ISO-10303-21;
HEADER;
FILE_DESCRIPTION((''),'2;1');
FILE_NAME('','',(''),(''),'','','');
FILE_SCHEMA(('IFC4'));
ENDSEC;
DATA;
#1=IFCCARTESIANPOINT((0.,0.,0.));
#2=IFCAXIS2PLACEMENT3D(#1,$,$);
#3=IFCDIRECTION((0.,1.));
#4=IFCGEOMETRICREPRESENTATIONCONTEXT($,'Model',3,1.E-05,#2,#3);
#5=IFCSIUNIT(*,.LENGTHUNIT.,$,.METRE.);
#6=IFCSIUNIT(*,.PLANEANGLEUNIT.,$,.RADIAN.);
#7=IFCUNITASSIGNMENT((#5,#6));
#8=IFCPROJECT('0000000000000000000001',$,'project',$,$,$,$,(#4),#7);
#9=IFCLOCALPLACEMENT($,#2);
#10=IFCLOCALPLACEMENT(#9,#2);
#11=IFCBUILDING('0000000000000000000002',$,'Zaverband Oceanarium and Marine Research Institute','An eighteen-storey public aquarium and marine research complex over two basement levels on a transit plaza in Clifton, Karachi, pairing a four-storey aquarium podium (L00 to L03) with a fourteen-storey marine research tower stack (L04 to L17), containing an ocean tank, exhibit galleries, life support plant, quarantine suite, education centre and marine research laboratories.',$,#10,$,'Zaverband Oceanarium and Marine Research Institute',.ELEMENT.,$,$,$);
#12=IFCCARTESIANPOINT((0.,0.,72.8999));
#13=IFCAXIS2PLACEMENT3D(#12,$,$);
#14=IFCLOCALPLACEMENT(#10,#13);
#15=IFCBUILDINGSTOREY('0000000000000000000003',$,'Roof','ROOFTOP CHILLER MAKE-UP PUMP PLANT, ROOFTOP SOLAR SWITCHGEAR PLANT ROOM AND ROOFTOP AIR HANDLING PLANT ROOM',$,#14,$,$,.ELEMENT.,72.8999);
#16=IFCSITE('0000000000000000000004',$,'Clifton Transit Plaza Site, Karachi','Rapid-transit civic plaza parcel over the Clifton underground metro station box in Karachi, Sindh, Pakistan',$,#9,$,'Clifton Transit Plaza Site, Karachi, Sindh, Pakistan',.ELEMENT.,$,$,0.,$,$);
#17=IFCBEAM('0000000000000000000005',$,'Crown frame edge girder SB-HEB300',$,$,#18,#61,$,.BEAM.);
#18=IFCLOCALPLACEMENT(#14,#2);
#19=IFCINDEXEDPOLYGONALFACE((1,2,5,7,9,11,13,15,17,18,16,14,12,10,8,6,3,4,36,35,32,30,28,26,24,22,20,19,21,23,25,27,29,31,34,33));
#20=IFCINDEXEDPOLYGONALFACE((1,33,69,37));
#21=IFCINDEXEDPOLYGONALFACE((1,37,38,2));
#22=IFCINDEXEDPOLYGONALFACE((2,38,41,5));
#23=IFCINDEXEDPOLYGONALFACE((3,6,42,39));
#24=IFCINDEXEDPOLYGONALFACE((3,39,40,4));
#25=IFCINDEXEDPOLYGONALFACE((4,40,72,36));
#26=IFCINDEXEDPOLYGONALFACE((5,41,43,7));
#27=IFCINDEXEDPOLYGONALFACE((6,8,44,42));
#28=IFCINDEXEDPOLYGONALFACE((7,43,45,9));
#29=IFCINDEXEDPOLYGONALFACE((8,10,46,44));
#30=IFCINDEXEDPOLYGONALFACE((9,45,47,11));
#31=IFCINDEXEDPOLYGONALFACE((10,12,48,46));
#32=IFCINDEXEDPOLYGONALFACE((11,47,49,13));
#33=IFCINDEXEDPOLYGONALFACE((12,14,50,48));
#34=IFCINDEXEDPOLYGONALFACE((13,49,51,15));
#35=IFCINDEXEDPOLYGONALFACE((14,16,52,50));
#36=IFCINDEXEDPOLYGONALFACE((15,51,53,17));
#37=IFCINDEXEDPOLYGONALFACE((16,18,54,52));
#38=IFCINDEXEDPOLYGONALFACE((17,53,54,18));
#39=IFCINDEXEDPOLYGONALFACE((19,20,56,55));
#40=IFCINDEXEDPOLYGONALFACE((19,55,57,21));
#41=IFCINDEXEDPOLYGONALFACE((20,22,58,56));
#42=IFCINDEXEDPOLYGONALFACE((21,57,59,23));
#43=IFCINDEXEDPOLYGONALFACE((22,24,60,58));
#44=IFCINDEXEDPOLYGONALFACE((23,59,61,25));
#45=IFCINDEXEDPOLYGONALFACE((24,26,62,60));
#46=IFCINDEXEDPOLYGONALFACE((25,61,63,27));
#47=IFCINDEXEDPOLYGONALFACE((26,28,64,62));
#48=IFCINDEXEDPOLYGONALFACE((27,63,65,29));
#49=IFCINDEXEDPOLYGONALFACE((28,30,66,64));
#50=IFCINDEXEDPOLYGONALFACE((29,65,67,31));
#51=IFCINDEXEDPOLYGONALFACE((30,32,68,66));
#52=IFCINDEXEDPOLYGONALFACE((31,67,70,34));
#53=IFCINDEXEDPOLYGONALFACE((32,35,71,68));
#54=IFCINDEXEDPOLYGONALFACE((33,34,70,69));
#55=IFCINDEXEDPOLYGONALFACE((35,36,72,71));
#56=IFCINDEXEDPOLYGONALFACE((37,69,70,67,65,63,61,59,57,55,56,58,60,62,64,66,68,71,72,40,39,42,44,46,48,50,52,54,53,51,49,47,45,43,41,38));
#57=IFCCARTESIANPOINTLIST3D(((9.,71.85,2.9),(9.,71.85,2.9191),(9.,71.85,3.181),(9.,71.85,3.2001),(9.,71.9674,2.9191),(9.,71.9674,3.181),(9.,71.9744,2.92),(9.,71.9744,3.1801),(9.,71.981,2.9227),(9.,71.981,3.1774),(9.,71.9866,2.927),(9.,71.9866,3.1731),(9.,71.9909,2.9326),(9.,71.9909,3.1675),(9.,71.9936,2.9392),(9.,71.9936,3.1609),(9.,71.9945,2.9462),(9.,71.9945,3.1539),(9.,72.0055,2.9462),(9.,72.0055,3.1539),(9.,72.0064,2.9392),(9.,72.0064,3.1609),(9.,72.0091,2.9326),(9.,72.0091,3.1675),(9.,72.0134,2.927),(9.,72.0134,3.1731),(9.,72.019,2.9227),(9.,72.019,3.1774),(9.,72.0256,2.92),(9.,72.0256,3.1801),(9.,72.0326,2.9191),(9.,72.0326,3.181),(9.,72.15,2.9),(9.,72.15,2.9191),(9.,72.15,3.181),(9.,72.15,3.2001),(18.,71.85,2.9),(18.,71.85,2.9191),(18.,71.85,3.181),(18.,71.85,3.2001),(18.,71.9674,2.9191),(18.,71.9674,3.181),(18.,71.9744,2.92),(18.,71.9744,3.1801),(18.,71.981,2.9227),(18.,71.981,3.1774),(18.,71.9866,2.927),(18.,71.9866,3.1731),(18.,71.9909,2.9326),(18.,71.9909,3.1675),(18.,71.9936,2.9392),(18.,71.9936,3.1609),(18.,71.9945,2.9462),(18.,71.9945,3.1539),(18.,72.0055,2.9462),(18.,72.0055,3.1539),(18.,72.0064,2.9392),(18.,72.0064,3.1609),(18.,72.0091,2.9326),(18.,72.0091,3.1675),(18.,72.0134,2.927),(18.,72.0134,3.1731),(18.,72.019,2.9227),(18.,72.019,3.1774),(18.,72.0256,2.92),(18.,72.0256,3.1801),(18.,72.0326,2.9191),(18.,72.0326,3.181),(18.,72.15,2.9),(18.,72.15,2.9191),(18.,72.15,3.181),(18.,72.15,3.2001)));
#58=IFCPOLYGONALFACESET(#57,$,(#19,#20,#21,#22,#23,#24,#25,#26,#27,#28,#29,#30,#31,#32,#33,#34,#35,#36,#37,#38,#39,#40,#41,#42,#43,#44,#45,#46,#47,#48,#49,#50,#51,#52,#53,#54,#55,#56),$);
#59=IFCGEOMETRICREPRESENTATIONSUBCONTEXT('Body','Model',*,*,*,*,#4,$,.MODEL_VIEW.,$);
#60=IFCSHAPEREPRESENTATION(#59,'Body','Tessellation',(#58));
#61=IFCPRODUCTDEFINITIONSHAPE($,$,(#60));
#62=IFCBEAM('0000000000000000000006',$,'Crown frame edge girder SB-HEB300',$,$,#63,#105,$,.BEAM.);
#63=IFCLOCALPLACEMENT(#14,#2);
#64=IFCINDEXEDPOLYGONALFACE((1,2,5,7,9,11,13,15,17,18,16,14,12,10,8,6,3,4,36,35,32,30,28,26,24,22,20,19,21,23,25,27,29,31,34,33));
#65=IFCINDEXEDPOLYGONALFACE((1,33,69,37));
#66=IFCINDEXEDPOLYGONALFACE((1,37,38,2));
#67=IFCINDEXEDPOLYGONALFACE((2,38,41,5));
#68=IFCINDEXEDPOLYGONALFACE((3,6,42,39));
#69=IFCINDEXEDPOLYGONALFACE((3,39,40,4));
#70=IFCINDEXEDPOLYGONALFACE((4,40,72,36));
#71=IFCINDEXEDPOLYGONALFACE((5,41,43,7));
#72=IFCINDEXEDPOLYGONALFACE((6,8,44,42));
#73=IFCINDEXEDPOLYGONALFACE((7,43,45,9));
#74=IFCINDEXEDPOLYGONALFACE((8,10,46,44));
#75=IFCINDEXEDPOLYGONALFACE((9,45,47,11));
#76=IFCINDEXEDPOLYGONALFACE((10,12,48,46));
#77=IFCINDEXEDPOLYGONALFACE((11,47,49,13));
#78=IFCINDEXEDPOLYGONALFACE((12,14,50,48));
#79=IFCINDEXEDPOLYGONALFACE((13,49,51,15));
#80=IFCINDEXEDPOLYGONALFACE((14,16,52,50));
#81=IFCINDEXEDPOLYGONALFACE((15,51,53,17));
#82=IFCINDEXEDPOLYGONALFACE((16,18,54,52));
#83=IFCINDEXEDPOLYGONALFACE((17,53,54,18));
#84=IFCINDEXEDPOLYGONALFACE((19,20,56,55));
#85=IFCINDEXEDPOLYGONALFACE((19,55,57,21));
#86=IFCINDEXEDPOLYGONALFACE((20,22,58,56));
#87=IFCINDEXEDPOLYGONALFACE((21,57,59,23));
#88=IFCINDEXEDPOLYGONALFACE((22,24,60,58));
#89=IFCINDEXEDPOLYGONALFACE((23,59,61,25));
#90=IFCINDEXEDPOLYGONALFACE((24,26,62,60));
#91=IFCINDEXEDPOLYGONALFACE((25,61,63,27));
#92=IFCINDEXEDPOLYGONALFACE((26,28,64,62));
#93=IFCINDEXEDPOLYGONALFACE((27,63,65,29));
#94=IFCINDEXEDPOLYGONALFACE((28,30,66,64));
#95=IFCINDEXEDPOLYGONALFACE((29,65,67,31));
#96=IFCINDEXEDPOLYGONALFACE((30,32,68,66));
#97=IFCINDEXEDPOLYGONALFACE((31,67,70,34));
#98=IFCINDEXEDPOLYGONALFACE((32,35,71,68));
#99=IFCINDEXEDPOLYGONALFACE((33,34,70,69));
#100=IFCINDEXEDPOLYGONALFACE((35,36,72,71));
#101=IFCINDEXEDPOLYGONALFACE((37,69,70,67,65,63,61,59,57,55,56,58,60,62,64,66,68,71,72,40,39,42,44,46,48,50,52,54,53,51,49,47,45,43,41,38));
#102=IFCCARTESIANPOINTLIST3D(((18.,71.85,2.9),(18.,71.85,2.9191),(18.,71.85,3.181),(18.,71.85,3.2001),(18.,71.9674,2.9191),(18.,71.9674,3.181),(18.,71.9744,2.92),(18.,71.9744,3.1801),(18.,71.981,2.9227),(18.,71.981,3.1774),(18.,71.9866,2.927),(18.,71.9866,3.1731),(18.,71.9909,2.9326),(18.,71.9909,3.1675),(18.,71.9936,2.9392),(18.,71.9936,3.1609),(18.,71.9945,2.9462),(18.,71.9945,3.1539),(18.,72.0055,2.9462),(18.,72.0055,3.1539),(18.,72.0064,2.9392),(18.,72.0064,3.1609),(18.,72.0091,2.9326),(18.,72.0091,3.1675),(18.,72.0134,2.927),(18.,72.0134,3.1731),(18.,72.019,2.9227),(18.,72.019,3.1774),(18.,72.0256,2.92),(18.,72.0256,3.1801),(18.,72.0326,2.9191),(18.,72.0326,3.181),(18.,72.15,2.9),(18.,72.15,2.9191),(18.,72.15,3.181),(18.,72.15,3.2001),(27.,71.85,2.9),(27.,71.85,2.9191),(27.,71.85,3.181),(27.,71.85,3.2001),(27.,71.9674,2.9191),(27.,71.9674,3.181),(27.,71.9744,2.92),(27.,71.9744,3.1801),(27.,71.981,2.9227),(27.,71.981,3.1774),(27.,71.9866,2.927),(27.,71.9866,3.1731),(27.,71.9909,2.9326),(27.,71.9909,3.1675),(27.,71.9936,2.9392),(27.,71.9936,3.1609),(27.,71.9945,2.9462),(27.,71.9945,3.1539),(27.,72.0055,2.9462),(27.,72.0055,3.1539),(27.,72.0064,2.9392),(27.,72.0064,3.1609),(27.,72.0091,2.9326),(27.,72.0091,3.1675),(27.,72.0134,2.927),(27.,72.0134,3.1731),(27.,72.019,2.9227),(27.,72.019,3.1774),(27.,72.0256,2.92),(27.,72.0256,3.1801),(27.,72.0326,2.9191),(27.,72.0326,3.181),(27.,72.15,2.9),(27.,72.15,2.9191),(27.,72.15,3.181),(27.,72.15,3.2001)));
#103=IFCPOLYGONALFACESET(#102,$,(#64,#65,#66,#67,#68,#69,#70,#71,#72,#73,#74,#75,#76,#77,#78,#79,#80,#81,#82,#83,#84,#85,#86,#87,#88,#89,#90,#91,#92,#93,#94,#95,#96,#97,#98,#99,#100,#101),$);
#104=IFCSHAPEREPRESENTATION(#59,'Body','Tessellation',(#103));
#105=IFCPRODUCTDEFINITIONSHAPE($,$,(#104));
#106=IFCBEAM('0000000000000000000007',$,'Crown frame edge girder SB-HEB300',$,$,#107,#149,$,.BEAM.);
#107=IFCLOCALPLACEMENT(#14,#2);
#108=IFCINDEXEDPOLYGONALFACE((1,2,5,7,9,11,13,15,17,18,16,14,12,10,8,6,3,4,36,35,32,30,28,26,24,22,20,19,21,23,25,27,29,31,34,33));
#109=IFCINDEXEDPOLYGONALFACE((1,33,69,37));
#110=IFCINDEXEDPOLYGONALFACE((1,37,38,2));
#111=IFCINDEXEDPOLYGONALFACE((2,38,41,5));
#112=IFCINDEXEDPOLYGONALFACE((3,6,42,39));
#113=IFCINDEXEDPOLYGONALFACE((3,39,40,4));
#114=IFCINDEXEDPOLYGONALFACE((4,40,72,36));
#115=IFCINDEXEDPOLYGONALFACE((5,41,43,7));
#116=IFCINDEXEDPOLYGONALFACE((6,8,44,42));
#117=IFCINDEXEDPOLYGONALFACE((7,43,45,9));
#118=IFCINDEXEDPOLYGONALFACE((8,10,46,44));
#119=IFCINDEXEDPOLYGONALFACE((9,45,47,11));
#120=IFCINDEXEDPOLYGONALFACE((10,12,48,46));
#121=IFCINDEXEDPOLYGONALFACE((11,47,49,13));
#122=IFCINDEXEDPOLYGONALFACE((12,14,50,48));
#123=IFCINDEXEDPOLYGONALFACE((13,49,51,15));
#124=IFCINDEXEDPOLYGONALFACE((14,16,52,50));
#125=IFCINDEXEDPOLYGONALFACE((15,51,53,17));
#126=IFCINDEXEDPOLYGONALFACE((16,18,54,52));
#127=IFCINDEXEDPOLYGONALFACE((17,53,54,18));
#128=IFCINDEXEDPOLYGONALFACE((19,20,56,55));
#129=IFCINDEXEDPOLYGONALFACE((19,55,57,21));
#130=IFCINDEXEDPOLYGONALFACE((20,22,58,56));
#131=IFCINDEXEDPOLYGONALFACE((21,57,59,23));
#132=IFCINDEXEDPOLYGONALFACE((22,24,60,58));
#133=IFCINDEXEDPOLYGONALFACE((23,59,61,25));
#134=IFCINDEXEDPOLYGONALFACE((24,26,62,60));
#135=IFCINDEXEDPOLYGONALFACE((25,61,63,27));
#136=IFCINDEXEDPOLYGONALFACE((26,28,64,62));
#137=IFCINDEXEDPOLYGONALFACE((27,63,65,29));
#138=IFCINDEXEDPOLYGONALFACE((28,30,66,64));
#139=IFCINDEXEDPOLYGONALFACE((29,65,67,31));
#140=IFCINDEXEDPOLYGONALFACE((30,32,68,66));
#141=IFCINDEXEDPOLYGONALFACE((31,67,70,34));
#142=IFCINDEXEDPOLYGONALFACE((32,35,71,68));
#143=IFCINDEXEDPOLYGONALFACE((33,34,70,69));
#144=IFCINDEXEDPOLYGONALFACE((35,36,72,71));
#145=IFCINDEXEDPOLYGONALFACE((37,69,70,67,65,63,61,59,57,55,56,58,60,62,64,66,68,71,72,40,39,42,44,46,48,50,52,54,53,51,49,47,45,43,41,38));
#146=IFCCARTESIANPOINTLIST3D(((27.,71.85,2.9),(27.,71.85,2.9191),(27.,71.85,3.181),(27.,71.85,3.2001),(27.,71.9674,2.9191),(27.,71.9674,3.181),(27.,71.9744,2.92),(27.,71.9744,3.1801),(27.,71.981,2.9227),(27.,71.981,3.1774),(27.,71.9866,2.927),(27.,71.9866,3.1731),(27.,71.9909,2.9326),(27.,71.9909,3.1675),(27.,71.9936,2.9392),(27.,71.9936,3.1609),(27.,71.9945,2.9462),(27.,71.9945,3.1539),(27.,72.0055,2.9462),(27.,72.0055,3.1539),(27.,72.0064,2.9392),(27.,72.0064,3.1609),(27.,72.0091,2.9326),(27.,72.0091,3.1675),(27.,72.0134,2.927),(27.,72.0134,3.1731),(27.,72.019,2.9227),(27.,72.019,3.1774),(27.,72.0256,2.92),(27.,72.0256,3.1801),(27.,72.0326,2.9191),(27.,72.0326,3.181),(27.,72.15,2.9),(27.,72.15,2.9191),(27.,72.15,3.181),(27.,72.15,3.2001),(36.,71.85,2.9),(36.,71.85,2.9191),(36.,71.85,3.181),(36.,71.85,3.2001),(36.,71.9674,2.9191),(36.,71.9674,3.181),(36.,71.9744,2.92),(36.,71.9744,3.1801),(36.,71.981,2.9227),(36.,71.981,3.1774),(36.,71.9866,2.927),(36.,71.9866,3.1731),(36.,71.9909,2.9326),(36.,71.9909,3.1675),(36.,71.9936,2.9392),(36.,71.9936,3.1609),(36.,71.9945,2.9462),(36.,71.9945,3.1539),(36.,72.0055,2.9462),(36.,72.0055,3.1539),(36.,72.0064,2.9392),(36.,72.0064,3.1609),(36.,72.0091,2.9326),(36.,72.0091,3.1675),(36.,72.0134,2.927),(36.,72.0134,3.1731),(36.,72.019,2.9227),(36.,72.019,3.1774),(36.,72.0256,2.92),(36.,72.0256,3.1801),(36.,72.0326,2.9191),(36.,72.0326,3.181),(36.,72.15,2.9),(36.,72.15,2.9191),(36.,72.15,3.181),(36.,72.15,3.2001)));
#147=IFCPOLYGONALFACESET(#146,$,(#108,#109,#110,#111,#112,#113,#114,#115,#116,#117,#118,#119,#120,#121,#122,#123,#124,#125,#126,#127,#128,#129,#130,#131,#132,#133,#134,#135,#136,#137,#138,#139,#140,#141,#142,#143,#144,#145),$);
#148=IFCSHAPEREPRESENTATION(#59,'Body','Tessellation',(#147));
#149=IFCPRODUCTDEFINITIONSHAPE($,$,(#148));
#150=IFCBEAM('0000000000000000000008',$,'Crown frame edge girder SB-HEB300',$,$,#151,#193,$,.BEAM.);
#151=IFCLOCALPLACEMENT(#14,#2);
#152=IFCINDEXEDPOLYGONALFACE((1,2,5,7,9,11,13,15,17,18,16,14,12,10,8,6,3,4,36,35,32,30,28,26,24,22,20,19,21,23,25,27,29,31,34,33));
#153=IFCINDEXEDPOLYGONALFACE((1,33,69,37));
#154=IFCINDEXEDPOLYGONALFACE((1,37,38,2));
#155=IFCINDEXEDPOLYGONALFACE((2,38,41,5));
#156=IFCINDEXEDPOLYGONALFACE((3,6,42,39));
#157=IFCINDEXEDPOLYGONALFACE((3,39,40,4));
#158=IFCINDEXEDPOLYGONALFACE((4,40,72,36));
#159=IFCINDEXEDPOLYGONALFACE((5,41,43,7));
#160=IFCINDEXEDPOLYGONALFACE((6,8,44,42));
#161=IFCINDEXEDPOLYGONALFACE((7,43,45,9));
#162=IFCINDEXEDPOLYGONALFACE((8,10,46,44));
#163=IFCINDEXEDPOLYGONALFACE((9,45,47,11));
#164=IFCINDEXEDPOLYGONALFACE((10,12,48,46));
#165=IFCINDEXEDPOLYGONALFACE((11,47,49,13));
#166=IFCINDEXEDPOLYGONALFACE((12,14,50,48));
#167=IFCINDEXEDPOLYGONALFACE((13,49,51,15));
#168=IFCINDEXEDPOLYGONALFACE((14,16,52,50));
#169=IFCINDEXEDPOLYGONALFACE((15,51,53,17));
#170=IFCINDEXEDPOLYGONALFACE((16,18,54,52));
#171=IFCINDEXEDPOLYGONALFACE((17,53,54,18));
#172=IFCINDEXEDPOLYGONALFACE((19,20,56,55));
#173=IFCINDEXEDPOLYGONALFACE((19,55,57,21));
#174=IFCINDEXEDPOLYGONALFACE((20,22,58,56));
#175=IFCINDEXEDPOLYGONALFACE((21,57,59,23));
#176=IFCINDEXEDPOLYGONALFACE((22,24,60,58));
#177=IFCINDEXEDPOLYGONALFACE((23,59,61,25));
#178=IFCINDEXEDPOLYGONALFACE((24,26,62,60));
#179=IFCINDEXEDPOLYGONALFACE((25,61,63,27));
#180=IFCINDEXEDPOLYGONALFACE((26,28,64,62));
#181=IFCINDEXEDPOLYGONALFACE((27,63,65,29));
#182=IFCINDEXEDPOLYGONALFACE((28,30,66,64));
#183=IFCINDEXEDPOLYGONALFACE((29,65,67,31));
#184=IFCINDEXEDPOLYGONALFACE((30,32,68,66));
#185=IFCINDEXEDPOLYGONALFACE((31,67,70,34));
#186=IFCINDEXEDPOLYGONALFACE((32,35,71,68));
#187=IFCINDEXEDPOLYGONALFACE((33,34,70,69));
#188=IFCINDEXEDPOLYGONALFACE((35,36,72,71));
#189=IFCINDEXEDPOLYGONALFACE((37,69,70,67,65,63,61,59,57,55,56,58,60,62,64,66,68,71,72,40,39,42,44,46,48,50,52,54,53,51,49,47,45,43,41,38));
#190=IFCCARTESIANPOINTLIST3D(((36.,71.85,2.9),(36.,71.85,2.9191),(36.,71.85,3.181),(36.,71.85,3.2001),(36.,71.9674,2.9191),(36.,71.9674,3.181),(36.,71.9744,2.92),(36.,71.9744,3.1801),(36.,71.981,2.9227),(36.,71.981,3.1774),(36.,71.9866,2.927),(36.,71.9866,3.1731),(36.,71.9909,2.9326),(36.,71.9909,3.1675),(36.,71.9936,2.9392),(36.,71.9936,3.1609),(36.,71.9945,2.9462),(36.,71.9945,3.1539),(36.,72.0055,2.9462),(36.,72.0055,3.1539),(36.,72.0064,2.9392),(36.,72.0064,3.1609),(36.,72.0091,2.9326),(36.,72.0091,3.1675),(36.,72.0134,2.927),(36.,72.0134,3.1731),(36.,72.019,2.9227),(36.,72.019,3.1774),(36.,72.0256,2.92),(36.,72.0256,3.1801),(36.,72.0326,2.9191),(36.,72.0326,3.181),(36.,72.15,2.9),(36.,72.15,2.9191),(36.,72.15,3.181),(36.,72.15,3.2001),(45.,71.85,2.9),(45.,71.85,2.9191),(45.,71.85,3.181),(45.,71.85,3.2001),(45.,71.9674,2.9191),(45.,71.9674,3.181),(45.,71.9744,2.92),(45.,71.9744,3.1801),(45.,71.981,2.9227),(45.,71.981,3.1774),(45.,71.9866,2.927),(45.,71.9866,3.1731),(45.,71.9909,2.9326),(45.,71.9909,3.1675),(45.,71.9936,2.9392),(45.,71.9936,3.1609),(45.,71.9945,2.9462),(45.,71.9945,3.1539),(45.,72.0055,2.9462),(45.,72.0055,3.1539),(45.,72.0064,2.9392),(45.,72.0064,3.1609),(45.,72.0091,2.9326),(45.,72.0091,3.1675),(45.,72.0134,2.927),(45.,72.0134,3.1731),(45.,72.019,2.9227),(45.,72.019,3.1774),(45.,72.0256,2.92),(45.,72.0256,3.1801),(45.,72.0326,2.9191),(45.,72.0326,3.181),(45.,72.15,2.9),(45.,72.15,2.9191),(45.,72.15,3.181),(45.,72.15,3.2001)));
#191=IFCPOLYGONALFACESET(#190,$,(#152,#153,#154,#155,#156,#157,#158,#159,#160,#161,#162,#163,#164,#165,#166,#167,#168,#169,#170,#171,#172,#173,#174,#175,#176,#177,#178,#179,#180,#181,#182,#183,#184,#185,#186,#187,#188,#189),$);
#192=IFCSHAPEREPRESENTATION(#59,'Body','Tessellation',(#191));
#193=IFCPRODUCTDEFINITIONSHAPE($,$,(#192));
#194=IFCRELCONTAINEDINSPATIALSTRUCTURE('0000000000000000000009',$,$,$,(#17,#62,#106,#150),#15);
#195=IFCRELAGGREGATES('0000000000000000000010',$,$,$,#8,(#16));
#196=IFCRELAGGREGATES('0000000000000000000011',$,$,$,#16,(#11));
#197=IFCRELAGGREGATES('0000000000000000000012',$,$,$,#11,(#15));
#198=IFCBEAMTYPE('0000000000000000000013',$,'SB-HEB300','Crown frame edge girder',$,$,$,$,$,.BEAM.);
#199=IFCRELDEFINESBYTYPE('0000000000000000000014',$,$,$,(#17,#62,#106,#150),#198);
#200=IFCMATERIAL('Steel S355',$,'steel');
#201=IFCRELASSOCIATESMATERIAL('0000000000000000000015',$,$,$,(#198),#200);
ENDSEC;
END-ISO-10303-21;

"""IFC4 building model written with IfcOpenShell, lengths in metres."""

from ifc_helpers import new_model, si_unit, direction, frame, origin, origin_2d, place, context, subcontext, project, spatial, i_section, extrude, material, material_profile, profile_set, type_object, element, save


model = new_model("IFC4")

# Units and contexts
model_context = context("Model", 3, precision=1e-05, world=origin(), true_north=direction((0.0, 1.0)))
body_context = subcontext(model_context, "Body", "Model", "MODEL_VIEW")
ifc_project = project(units=[si_unit("LENGTHUNIT", "METRE"), si_unit("PLANEANGLEUNIT", "RADIAN")], contexts=[model_context])

# Site, building, storey
site_placement = place(None, origin())
site = spatial("IfcSite", under=ifc_project, at=site_placement, Name="Clifton Transit Plaza Site, Karachi", Description="Rapid-transit civic plaza parcel over the Clifton underground metro station box in Karachi, Sindh, Pakistan", LongName="Clifton Transit Plaza Site, Karachi, Sindh, Pakistan", CompositionType="ELEMENT", RefElevation=0.0)
building_placement = place(site_placement, origin())
building = spatial("IfcBuilding", under=site, at=building_placement, Name="Zaverband Oceanarium and Marine Research Institute", Description="An eighteen-storey public aquarium and marine research complex over two basement levels on a transit plaza in Clifton, Karachi, pairing a four-storey aquarium podium (L00 to L03) with a fourteen-storey marine research tower stack (L04 to L17), containing an ocean tank, exhibit galleries, life support plant, quarantine suite, education centre and marine research laboratories.", LongName="Zaverband Oceanarium and Marine Research Institute", CompositionType="ELEMENT")
storey_placement = place(building_placement, frame((0.0, 0.0, 72.8999)))
storey = spatial("IfcBuildingStorey", under=building, at=storey_placement, Name="Roof", Description="ROOFTOP CHILLER MAKE-UP PUMP PLANT, ROOFTOP SOLAR SWITCHGEAR PLANT ROOM AND ROOFTOP AIR HANDLING PLANT ROOM", CompositionType="ELEMENT", Elevation=72.8999)

# Shared definitions
ifc_material_1 = material(Name="Steel S355", Category="steel")

# Beams
ifc_material_profile_1 = material_profile(ifc_material_1, i_section(OverallWidth=0.3, OverallDepth=0.3, WebThickness=0.011, FlangeThickness=0.019, FilletRadius=0.0271, at=origin_2d()), Name="HEB300")
ifc_profile_set_1 = profile_set([ifc_material_profile_1], Name="Steel S355")
beam_type = type_object("IfcBeamType", Name="SB-HEB300", Description="Crown frame edge girder", PredefinedType="BEAM", material=ifc_profile_set_1)
for number, where, z_axis, x_axis, name in (
    (1, (9.0, 72.0, 3.05), (1.0, 0.0, 0.0), (0.0, 1.0, 0.0), "Crown frame edge girder SB-HEB300"),
    (2, (18.0, 72.0, 3.05), (1.0, 0.0, 0.0), (0.0, 1.0, 0.0), "Crown frame edge girder SB-HEB300"),
    (3, (27.0, 72.0, 3.05), (1.0, 0.0, 0.0), (0.0, 1.0, 0.0), "Crown frame edge girder SB-HEB300"),
    (4, (36.0, 72.0, 3.05), (1.0, 0.0, 0.0), (0.0, 1.0, 0.0), "Crown frame edge girder SB-HEB300"),
):
    element("IfcBeam", number, at=place(storey_placement, frame(where, z_axis=z_axis, x_axis=x_axis)), inside=storey, type_object=beam_type, Name=name, PredefinedType="BEAM", context=body_context, shape_type="SweptSolid", body=[
        extrude(i_section(OverallWidth=0.3, OverallDepth=0.3, WebThickness=0.011, FlangeThickness=0.019, FilletRadius=0.0271, at=origin_2d()), origin(), (0.0, 0.0, 1.0), 9.0),
    ])

save(model, "model.ifc")
